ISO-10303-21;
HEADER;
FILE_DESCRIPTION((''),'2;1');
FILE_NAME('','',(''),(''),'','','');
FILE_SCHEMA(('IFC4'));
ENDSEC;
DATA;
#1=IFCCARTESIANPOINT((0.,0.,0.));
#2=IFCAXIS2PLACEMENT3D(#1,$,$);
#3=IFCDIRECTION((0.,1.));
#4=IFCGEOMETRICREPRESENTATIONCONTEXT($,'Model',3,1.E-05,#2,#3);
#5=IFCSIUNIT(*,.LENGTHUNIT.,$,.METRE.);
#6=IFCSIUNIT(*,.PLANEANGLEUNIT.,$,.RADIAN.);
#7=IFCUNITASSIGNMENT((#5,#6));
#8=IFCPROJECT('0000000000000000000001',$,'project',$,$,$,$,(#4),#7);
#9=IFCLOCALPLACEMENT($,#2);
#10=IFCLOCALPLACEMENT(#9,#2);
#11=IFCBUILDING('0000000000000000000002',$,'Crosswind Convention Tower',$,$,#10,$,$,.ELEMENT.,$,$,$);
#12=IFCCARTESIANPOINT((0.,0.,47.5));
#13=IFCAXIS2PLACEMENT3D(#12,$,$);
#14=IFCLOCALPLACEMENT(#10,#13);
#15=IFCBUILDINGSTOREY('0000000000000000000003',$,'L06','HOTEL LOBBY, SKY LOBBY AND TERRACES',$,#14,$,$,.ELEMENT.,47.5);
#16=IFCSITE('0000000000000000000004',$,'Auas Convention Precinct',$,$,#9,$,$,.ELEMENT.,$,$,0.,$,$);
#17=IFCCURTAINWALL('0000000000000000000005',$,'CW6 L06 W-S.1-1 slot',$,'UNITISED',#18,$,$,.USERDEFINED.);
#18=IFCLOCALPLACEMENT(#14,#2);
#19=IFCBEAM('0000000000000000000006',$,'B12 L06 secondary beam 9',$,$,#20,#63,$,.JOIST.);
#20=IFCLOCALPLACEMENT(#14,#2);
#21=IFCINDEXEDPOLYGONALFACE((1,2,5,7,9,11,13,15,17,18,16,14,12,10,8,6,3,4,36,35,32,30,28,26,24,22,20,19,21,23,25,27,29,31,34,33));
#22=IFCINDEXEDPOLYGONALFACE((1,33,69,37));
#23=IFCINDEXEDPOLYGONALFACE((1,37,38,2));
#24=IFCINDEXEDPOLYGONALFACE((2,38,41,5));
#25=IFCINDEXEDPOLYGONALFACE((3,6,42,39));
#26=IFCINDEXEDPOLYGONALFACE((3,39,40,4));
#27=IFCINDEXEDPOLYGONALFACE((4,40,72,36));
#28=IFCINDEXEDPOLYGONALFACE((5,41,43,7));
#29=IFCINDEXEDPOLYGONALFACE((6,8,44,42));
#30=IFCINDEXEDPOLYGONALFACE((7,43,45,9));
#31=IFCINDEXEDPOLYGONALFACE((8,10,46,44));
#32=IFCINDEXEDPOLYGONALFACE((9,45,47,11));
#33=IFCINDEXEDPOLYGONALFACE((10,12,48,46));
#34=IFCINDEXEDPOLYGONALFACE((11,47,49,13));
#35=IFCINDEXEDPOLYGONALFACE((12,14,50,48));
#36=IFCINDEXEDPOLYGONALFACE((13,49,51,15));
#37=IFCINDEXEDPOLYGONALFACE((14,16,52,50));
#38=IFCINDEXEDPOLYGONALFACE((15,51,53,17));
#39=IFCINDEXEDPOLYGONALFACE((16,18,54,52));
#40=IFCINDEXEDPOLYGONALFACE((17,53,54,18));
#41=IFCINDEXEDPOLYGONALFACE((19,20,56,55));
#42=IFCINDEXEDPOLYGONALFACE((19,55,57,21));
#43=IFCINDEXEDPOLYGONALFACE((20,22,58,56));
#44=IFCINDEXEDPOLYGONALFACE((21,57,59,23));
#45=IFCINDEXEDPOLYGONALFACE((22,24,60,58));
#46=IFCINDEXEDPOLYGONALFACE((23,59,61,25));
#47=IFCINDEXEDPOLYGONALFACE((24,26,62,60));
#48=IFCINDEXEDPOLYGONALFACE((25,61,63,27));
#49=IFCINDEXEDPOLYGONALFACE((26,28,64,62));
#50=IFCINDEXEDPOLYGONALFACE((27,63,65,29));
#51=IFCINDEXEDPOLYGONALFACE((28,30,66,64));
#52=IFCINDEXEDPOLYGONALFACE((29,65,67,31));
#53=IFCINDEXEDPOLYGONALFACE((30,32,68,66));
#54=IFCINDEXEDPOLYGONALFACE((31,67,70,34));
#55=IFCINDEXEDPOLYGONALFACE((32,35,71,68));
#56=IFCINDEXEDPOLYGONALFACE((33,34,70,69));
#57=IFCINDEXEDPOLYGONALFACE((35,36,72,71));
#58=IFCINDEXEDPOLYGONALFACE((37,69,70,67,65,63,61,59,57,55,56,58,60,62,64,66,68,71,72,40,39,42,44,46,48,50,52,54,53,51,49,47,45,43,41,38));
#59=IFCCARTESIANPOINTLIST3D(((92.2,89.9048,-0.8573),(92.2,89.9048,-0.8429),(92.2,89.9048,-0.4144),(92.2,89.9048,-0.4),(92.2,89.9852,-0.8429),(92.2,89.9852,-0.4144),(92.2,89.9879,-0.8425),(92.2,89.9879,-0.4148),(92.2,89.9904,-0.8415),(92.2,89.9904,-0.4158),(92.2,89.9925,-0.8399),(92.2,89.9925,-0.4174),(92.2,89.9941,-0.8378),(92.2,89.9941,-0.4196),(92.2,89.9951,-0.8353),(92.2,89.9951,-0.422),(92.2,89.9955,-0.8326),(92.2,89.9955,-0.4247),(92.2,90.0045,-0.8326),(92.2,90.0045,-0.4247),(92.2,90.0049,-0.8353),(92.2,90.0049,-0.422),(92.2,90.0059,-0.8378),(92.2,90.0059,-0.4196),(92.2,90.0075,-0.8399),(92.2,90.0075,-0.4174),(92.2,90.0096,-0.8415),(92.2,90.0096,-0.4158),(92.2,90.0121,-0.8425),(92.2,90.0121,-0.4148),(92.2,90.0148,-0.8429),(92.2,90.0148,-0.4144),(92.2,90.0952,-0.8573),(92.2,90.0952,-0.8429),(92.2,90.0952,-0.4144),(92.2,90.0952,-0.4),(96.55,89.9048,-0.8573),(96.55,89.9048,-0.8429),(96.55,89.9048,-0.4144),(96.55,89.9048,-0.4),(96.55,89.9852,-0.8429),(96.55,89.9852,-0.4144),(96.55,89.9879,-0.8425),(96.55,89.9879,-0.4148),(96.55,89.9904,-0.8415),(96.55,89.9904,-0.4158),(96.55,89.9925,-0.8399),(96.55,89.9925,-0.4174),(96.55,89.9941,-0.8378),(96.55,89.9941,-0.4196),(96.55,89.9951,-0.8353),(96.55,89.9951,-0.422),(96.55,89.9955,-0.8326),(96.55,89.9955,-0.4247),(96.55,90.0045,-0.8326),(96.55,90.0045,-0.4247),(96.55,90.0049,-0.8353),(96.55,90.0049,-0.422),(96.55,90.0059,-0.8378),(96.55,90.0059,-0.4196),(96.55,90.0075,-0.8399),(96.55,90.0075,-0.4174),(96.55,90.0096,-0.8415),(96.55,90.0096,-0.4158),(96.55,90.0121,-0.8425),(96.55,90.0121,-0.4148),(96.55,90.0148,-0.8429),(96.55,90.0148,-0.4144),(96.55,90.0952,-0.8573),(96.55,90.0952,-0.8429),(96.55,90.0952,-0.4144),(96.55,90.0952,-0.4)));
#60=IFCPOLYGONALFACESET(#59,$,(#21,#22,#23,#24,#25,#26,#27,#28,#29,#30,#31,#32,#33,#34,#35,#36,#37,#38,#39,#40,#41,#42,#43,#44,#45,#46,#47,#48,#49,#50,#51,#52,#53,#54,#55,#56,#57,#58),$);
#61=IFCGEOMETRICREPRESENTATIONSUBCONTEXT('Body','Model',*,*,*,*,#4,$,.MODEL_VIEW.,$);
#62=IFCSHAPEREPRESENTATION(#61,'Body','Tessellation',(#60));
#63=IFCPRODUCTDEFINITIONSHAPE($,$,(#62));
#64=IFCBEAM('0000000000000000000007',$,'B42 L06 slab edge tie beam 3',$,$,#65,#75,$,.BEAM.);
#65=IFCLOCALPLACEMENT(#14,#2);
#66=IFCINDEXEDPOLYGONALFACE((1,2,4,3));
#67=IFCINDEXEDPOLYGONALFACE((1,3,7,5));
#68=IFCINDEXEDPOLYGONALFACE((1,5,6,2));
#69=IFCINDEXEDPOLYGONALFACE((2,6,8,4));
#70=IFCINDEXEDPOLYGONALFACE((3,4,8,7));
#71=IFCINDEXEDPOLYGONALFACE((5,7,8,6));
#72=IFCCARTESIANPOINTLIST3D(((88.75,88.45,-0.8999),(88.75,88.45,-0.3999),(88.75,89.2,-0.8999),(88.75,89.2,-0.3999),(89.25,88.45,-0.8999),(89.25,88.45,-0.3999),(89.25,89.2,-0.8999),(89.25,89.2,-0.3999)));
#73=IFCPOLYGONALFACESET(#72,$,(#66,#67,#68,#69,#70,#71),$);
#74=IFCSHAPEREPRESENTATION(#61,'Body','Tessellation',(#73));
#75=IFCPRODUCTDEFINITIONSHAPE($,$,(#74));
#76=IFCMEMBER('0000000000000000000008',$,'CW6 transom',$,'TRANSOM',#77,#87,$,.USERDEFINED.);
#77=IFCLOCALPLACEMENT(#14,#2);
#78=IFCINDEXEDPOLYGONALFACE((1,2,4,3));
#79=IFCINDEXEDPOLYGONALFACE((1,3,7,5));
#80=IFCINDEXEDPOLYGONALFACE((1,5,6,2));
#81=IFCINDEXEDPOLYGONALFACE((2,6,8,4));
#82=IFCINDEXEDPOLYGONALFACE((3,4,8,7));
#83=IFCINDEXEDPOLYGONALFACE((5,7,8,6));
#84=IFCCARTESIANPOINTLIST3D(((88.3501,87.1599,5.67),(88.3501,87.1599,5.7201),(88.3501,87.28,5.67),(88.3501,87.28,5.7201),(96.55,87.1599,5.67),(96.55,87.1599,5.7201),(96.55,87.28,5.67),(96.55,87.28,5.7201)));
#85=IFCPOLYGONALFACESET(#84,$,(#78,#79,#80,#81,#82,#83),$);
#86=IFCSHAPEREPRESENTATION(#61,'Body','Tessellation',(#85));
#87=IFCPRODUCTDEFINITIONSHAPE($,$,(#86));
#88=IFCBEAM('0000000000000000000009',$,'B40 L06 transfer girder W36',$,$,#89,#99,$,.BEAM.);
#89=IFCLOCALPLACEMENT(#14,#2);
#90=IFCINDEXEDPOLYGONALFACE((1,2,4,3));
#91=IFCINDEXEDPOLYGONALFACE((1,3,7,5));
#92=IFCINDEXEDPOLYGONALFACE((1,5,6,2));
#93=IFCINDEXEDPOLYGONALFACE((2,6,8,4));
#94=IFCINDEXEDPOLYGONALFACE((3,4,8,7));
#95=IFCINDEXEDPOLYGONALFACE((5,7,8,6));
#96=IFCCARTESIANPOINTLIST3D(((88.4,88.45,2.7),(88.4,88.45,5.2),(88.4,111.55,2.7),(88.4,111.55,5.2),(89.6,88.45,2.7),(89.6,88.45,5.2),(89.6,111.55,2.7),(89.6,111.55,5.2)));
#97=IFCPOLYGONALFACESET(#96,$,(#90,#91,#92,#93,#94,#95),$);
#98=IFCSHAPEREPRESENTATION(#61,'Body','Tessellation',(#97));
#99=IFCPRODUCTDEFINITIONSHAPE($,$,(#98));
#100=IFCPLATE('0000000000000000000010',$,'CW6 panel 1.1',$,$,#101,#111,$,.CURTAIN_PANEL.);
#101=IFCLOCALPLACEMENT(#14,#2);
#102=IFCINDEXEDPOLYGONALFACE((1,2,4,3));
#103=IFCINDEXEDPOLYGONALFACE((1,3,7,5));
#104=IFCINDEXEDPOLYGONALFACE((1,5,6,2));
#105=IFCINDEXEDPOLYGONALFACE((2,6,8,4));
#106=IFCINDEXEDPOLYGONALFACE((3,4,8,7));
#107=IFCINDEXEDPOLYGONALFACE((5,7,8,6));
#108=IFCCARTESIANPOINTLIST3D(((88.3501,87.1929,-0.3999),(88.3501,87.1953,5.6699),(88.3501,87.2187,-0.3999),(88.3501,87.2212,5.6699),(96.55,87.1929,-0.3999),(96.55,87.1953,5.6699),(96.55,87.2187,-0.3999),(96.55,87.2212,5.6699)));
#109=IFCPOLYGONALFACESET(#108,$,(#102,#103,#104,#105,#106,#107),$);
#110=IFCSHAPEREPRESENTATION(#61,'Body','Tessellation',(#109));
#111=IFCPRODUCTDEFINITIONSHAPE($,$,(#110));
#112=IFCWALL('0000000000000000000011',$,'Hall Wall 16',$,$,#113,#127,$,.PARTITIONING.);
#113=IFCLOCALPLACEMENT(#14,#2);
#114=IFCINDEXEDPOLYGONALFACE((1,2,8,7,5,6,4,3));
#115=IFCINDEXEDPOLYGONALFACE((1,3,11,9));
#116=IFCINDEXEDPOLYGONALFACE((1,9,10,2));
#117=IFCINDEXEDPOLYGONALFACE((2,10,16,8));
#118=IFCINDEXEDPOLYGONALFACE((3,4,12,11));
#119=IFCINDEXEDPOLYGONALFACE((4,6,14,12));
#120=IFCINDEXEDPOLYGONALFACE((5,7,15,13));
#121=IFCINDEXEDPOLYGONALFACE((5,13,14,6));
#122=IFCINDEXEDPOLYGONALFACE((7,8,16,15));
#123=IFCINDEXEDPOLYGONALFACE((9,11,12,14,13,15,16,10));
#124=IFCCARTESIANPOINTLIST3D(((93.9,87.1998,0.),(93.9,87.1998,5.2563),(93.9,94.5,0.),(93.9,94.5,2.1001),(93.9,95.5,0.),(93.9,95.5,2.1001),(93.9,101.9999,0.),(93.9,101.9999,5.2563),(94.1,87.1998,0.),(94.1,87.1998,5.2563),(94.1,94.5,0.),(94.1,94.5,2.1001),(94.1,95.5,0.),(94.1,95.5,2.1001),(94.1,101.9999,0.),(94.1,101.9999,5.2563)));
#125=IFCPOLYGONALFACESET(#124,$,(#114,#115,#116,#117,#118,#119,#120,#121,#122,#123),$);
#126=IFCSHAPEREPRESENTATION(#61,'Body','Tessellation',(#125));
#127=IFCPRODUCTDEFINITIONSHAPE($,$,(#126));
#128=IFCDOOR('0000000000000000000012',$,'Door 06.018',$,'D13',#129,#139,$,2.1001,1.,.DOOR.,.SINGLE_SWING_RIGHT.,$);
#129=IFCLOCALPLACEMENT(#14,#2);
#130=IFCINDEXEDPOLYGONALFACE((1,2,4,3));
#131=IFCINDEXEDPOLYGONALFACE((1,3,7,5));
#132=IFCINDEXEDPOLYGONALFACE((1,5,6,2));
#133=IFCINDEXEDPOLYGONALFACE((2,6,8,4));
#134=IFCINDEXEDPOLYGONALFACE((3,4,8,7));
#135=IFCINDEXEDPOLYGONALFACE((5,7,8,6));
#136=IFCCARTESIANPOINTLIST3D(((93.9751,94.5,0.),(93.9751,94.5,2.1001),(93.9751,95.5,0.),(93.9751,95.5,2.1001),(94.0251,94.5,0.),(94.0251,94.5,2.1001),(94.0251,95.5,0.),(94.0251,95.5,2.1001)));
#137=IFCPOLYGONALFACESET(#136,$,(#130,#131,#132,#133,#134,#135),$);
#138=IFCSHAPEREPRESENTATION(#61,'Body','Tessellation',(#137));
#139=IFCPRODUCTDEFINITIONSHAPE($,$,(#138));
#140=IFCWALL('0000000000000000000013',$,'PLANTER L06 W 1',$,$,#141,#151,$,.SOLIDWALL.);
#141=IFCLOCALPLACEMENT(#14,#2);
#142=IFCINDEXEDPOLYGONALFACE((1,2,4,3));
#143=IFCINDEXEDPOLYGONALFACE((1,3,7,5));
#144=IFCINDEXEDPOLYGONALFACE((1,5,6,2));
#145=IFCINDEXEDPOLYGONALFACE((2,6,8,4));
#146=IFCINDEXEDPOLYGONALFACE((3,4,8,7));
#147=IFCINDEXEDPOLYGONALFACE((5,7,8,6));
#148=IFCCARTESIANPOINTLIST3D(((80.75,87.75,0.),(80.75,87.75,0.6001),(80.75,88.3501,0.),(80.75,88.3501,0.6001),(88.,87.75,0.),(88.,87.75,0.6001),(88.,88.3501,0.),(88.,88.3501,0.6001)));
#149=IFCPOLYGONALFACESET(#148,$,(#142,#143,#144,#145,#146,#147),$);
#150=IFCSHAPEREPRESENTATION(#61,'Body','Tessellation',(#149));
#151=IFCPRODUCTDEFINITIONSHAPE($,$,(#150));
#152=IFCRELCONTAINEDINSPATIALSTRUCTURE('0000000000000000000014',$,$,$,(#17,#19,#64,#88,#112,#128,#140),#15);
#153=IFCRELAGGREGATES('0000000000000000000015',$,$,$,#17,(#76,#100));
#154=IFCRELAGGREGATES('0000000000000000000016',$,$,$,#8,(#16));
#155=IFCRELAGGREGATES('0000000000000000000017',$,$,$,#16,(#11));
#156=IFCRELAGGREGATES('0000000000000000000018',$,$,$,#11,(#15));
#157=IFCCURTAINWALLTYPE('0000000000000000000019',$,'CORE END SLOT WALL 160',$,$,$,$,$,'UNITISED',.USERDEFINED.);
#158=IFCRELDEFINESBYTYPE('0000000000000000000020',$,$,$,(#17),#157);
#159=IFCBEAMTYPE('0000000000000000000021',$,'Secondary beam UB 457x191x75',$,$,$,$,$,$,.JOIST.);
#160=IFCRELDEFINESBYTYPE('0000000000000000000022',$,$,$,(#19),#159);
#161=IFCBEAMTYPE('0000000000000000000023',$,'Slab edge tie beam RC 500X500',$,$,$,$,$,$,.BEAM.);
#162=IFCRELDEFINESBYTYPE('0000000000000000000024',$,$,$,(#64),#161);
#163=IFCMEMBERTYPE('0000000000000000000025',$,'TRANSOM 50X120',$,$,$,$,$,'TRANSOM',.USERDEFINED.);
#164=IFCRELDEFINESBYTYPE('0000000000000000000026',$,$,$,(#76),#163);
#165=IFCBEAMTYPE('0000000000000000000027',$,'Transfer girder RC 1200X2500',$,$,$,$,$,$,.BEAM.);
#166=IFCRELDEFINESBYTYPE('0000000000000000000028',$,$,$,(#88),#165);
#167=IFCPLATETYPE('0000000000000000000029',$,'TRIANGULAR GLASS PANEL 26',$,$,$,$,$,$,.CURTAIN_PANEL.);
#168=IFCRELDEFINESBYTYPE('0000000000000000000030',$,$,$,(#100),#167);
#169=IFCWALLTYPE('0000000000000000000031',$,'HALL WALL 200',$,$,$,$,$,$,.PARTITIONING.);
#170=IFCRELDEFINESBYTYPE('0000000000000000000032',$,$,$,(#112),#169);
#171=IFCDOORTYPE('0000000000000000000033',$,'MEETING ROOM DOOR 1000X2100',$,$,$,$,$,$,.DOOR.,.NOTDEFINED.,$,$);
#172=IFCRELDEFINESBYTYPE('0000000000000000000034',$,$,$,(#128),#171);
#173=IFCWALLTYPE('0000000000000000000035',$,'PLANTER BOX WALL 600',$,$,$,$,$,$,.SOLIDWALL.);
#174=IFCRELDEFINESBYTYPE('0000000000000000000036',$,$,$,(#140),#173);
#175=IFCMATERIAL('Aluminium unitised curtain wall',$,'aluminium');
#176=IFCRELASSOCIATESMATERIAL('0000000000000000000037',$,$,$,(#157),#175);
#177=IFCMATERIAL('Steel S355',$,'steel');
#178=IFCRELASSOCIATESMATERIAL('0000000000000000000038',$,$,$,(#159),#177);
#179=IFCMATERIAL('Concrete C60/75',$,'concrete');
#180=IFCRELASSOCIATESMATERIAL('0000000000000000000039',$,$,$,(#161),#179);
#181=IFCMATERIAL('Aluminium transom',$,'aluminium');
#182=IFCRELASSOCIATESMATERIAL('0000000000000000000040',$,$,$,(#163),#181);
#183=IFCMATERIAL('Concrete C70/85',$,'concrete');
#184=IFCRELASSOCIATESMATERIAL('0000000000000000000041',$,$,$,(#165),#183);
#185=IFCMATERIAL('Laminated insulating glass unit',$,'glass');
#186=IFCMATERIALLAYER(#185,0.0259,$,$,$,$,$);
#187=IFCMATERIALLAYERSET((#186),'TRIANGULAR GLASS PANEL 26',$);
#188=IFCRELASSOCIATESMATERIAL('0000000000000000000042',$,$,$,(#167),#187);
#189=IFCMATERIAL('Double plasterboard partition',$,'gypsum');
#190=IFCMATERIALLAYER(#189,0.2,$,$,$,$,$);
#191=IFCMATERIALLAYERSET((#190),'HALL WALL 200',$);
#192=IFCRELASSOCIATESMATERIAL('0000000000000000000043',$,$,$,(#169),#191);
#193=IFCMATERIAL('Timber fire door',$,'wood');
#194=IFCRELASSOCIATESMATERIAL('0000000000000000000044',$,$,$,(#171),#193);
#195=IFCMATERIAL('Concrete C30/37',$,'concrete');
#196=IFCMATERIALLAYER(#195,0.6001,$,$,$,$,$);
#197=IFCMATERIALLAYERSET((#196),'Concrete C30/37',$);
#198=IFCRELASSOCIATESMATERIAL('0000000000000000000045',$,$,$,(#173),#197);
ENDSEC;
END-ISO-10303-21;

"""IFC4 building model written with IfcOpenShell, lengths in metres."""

from ifc_helpers import new_model, si_unit, direction, frame, frame_2d, origin, origin_2d, place, context, subcontext, project, spatial, polyline, rectangle, i_section, outline, extrude, material, layer, layer_set, material_profile, profile_set, type_object, element, fill, aggregate, save


model = new_model("IFC4")

# Units and contexts
model_context = context("Model", 3, precision=1e-05, world=origin(), true_north=direction((0.0, 1.0)))
body_context = subcontext(model_context, "Body", "Model", "MODEL_VIEW")
ifc_project = project(units=[si_unit("LENGTHUNIT", "METRE"), si_unit("PLANEANGLEUNIT", "RADIAN")], contexts=[model_context])

# Site, building, storey
site_placement = place(None, origin())
site = spatial("IfcSite", under=ifc_project, at=site_placement, Name="Auas Convention Precinct", CompositionType="ELEMENT", RefElevation=0.0)
building_placement = place(site_placement, origin())
building = spatial("IfcBuilding", under=site, at=building_placement, Name="Crosswind Convention Tower", CompositionType="ELEMENT")
storey_placement = place(building_placement, frame((0.0, 0.0, 47.5)))
storey = spatial("IfcBuildingStorey", under=building, at=storey_placement, Name="L06", Description="HOTEL LOBBY, SKY LOBBY AND TERRACES", CompositionType="ELEMENT", Elevation=47.5)

# Shared definitions
ifc_material_1 = material(Name="Concrete C60/75", Category="concrete")

# Shared definitions
ifc_material_2 = material(Name="Steel S355", Category="steel")

# Curtain wall
ifc_material_3 = material(Name="Aluminium unitised curtain wall", Category="aluminium")
curtain_wall_type = type_object("IfcCurtainWallType", Name="CORE END SLOT WALL 160", ElementType="UNITISED", PredefinedType="USERDEFINED", material=ifc_material_3)
curtain_wall_placement = place(storey_placement, origin())
curtain_wall = element("IfcCurtainWall", 1, at=curtain_wall_placement, inside=storey, type_object=curtain_wall_type, Name="CW6 L06 W-S.1-1 slot", ObjectType="UNITISED", PredefinedType="USERDEFINED")

# Beams
ifc_material_profile_1 = material_profile(ifc_material_2, i_section(OverallWidth=0.1904, OverallDepth=0.4573, WebThickness=0.009, FlangeThickness=0.0144, FilletRadius=0.0103, at=origin_2d()), Name="UB 457x191x75")
ifc_profile_set_1 = profile_set([ifc_material_profile_1], Name="Steel S355")
beam_type_1 = type_object("IfcBeamType", Name="Secondary beam UB 457x191x75", PredefinedType="JOIST", material=ifc_profile_set_1)
beam_1_placement = place(storey_placement, frame((92.2, 90.0, -0.6287), z_axis=(1.0, 0.0, 0.0), x_axis=(0.0, 1.0, 0.0)))
element("IfcBeam", 2, at=beam_1_placement, inside=storey, type_object=beam_type_1, Name="B12 L06 secondary beam 9", PredefinedType="JOIST", context=body_context, shape_type="SweptSolid", body=[
    extrude(i_section(OverallWidth=0.1904, OverallDepth=0.4573, WebThickness=0.009, FlangeThickness=0.0144, FilletRadius=0.0103, at=origin_2d()), origin(), (0.0, 0.0, 1.0), 4.3501),
])
ifc_material_profile_2 = material_profile(ifc_material_1, rectangle(XDim=0.5, YDim=0.5, at=origin_2d()), Name="RC 500X500")
ifc_profile_set_2 = profile_set([ifc_material_profile_2], Name="Concrete C60/75")
beam_type_2 = type_object("IfcBeamType", Name="Slab edge tie beam RC 500X500", PredefinedType="BEAM", material=ifc_profile_set_2)
beam_2_placement = place(storey_placement, frame((89.0, 88.45, -0.6499), z_axis=(0.0, 1.0, 0.0), x_axis=(-1.0, 0.0, 0.0)))
element("IfcBeam", 3, at=beam_2_placement, inside=storey, type_object=beam_type_2, Name="B42 L06 slab edge tie beam 3", PredefinedType="BEAM", context=body_context, shape_type="SweptSolid", body=[
    extrude(rectangle(XDim=0.5, YDim=0.5, at=origin_2d()), origin(), (0.0, 0.0, 1.0), 0.75),
])

# Member
ifc_material_4 = material(Name="Aluminium transom", Category="aluminium")
ifc_material_profile_3 = material_profile(ifc_material_4, rectangle(XDim=0.1201, YDim=0.05, at=origin_2d()), Name="AL 120X50")
ifc_profile_set_3 = profile_set([ifc_material_profile_3], Name="Aluminium transom")
member_type_1 = type_object("IfcMemberType", Name="TRANSOM 50X120", ElementType="TRANSOM", PredefinedType="USERDEFINED", material=ifc_profile_set_3)
member_1_placement = place(storey_placement, frame((88.3501, 87.22, 5.6951), z_axis=(1.0, 0.0, 0.0), x_axis=(0.0, 1.0, 0.0)))
member_1 = element("IfcMember", 4, at=member_1_placement, type_object=member_type_1, Name="CW6 transom", ObjectType="TRANSOM", PredefinedType="USERDEFINED", context=body_context, shape_type="SweptSolid", body=[
    extrude(rectangle(XDim=0.1201, YDim=0.05, at=origin_2d()), origin(), (0.0, 0.0, 1.0), 8.2),
])

# Beam
ifc_material_5 = material(Name="Concrete C70/85", Category="concrete")
ifc_material_profile_4 = material_profile(ifc_material_5, rectangle(XDim=1.2, YDim=2.5, at=origin_2d()), Name="RC 1200X2500")
ifc_profile_set_4 = profile_set([ifc_material_profile_4], Name="Concrete C70/85")
beam_type_3 = type_object("IfcBeamType", Name="Transfer girder RC 1200X2500", PredefinedType="BEAM", material=ifc_profile_set_4)
beam_3_placement = place(storey_placement, frame((89.0, 88.45, 3.95), z_axis=(0.0, 1.0, 0.0), x_axis=(-1.0, 0.0, 0.0)))
element("IfcBeam", 5, at=beam_3_placement, inside=storey, type_object=beam_type_3, Name="B40 L06 transfer girder W36", PredefinedType="BEAM", context=body_context, shape_type="SweptSolid", body=[
    extrude(rectangle(XDim=1.2, YDim=2.5, at=origin_2d()), origin(), (0.0, 0.0, 1.0), 23.1001),
])

# Plate
ifc_material_6 = material(Name="Laminated insulating glass unit", Category="glass")
ifc_layer_1 = layer(ifc_material_6, 0.0259)
ifc_layer_set_1 = layer_set([ifc_layer_1], Name="TRIANGULAR GLASS PANEL 26")
plate_type = type_object("IfcPlateType", Name="TRIANGULAR GLASS PANEL 26", PredefinedType="CURTAIN_PANEL", material=ifc_layer_set_1)
plate_placement = place(storey_placement, frame((88.3501, 87.1929, -0.3999), z_axis=(0.0, -1.0, 0.000402), x_axis=(1.0, 0.0, 0.0)))
plate = element("IfcPlate", 6, at=plate_placement, type_object=plate_type, Name="CW6 panel 1.1", PredefinedType="CURTAIN_PANEL", context=body_context, shape_type="SweptSolid", body=[
    extrude(outline(polyline([(0.0, 0.0), (8.2, 0.0), (8.2, 6.0698), (0.0, 6.0698), (0.0, 0.0)])), origin(), (0.0, 0.0, -1.0), 0.0259),
])
aggregate(curtain_wall, [member_1, plate])

# Wall, opening, door
ifc_material_7 = material(Name="Double plasterboard partition", Category="gypsum")
ifc_layer_2 = layer(ifc_material_7, 0.2)
ifc_layer_set_2 = layer_set([ifc_layer_2], Name="HALL WALL 200")
wall_type_1 = type_object("IfcWallType", Name="HALL WALL 200", PredefinedType="PARTITIONING", material=ifc_layer_set_2)
wall_1_placement = place(storey_placement, frame((94.0, 87.2, 0.0), z_axis=(0.0, 0.0, 1.0), x_axis=(0.0, 1.0, 0.0)))
wall_1 = element("IfcWall", 7, at=wall_1_placement, inside=storey, type_object=wall_type_1, Name="Hall Wall 16", PredefinedType="PARTITIONING", context=body_context, shape_type="SweptSolid", body=[
    extrude(rectangle(XDim=14.8, YDim=0.2, at=frame_2d((7.3999, 0.0))), origin(), (0.0, 0.0, 1.0), 5.2563),
])
opening_1_placement = place(wall_1_placement, frame((7.3, 0.0, 0.0)))
opening_1 = element("IfcOpeningElement", 8, at=opening_1_placement, cuts=wall_1, PredefinedType="OPENING", context=body_context, shape_type="SweptSolid", body=[
    extrude(rectangle(XDim=1.0, YDim=2.1001, at=frame_2d((0.5, 1.05))), frame((0.0, 0.1099, 0.0), z_axis=(0.0, -1.0, 0.0), x_axis=(1.0, 0.0, 0.0)), (0.0, 0.0, 1.0), 0.22),
])
ifc_material_8 = material(Name="Timber fire door", Category="wood")
door_type = type_object("IfcDoorType", Name="MEETING ROOM DOOR 1000X2100", OperationType="NOTDEFINED", PredefinedType="DOOR", material=ifc_material_8)
door_placement = place(opening_1_placement, origin())
door = element("IfcDoor", 9, at=door_placement, inside=storey, type_object=door_type, Name="Door 06.018", ObjectType="D13", OperationType="SINGLE_SWING_RIGHT", OverallHeight=2.1001, OverallWidth=1.0, PredefinedType="DOOR", context=body_context, shape_type="SweptSolid", body=[
    extrude(rectangle(XDim=1.0, YDim=2.1001, at=frame_2d((0.5, 1.05))), frame((0.0, 0.0249, 0.0), z_axis=(0.0, -1.0, 0.0), x_axis=(1.0, 0.0, 0.0)), (0.0, 0.0, 1.0), 0.05),
])
fill(opening_1, door)

# Wall
ifc_material_9 = material(Name="Concrete C30/37", Category="concrete")
ifc_layer_3 = layer(ifc_material_9, 0.6001)
ifc_layer_set_3 = layer_set([ifc_layer_3], Name="Concrete C30/37")
wall_type_2 = type_object("IfcWallType", Name="PLANTER BOX WALL 600", PredefinedType="SOLIDWALL", material=ifc_layer_set_3)
wall_2_placement = place(storey_placement, frame((88.0, 88.05, 0.0), z_axis=(0.0, 0.0, 1.0), x_axis=(-1.0, 0.0, 0.0)))
element("IfcWall", 10, at=wall_2_placement, inside=storey, type_object=wall_type_2, Name="PLANTER L06 W 1", PredefinedType="SOLIDWALL", context=body_context, shape_type="SweptSolid", body=[
    extrude(rectangle(XDim=7.25, YDim=0.6001, at=frame_2d((3.625, 0.0))), origin(), (0.0, 0.0, 1.0), 0.6001),
])

save(model, "model.ifc")
